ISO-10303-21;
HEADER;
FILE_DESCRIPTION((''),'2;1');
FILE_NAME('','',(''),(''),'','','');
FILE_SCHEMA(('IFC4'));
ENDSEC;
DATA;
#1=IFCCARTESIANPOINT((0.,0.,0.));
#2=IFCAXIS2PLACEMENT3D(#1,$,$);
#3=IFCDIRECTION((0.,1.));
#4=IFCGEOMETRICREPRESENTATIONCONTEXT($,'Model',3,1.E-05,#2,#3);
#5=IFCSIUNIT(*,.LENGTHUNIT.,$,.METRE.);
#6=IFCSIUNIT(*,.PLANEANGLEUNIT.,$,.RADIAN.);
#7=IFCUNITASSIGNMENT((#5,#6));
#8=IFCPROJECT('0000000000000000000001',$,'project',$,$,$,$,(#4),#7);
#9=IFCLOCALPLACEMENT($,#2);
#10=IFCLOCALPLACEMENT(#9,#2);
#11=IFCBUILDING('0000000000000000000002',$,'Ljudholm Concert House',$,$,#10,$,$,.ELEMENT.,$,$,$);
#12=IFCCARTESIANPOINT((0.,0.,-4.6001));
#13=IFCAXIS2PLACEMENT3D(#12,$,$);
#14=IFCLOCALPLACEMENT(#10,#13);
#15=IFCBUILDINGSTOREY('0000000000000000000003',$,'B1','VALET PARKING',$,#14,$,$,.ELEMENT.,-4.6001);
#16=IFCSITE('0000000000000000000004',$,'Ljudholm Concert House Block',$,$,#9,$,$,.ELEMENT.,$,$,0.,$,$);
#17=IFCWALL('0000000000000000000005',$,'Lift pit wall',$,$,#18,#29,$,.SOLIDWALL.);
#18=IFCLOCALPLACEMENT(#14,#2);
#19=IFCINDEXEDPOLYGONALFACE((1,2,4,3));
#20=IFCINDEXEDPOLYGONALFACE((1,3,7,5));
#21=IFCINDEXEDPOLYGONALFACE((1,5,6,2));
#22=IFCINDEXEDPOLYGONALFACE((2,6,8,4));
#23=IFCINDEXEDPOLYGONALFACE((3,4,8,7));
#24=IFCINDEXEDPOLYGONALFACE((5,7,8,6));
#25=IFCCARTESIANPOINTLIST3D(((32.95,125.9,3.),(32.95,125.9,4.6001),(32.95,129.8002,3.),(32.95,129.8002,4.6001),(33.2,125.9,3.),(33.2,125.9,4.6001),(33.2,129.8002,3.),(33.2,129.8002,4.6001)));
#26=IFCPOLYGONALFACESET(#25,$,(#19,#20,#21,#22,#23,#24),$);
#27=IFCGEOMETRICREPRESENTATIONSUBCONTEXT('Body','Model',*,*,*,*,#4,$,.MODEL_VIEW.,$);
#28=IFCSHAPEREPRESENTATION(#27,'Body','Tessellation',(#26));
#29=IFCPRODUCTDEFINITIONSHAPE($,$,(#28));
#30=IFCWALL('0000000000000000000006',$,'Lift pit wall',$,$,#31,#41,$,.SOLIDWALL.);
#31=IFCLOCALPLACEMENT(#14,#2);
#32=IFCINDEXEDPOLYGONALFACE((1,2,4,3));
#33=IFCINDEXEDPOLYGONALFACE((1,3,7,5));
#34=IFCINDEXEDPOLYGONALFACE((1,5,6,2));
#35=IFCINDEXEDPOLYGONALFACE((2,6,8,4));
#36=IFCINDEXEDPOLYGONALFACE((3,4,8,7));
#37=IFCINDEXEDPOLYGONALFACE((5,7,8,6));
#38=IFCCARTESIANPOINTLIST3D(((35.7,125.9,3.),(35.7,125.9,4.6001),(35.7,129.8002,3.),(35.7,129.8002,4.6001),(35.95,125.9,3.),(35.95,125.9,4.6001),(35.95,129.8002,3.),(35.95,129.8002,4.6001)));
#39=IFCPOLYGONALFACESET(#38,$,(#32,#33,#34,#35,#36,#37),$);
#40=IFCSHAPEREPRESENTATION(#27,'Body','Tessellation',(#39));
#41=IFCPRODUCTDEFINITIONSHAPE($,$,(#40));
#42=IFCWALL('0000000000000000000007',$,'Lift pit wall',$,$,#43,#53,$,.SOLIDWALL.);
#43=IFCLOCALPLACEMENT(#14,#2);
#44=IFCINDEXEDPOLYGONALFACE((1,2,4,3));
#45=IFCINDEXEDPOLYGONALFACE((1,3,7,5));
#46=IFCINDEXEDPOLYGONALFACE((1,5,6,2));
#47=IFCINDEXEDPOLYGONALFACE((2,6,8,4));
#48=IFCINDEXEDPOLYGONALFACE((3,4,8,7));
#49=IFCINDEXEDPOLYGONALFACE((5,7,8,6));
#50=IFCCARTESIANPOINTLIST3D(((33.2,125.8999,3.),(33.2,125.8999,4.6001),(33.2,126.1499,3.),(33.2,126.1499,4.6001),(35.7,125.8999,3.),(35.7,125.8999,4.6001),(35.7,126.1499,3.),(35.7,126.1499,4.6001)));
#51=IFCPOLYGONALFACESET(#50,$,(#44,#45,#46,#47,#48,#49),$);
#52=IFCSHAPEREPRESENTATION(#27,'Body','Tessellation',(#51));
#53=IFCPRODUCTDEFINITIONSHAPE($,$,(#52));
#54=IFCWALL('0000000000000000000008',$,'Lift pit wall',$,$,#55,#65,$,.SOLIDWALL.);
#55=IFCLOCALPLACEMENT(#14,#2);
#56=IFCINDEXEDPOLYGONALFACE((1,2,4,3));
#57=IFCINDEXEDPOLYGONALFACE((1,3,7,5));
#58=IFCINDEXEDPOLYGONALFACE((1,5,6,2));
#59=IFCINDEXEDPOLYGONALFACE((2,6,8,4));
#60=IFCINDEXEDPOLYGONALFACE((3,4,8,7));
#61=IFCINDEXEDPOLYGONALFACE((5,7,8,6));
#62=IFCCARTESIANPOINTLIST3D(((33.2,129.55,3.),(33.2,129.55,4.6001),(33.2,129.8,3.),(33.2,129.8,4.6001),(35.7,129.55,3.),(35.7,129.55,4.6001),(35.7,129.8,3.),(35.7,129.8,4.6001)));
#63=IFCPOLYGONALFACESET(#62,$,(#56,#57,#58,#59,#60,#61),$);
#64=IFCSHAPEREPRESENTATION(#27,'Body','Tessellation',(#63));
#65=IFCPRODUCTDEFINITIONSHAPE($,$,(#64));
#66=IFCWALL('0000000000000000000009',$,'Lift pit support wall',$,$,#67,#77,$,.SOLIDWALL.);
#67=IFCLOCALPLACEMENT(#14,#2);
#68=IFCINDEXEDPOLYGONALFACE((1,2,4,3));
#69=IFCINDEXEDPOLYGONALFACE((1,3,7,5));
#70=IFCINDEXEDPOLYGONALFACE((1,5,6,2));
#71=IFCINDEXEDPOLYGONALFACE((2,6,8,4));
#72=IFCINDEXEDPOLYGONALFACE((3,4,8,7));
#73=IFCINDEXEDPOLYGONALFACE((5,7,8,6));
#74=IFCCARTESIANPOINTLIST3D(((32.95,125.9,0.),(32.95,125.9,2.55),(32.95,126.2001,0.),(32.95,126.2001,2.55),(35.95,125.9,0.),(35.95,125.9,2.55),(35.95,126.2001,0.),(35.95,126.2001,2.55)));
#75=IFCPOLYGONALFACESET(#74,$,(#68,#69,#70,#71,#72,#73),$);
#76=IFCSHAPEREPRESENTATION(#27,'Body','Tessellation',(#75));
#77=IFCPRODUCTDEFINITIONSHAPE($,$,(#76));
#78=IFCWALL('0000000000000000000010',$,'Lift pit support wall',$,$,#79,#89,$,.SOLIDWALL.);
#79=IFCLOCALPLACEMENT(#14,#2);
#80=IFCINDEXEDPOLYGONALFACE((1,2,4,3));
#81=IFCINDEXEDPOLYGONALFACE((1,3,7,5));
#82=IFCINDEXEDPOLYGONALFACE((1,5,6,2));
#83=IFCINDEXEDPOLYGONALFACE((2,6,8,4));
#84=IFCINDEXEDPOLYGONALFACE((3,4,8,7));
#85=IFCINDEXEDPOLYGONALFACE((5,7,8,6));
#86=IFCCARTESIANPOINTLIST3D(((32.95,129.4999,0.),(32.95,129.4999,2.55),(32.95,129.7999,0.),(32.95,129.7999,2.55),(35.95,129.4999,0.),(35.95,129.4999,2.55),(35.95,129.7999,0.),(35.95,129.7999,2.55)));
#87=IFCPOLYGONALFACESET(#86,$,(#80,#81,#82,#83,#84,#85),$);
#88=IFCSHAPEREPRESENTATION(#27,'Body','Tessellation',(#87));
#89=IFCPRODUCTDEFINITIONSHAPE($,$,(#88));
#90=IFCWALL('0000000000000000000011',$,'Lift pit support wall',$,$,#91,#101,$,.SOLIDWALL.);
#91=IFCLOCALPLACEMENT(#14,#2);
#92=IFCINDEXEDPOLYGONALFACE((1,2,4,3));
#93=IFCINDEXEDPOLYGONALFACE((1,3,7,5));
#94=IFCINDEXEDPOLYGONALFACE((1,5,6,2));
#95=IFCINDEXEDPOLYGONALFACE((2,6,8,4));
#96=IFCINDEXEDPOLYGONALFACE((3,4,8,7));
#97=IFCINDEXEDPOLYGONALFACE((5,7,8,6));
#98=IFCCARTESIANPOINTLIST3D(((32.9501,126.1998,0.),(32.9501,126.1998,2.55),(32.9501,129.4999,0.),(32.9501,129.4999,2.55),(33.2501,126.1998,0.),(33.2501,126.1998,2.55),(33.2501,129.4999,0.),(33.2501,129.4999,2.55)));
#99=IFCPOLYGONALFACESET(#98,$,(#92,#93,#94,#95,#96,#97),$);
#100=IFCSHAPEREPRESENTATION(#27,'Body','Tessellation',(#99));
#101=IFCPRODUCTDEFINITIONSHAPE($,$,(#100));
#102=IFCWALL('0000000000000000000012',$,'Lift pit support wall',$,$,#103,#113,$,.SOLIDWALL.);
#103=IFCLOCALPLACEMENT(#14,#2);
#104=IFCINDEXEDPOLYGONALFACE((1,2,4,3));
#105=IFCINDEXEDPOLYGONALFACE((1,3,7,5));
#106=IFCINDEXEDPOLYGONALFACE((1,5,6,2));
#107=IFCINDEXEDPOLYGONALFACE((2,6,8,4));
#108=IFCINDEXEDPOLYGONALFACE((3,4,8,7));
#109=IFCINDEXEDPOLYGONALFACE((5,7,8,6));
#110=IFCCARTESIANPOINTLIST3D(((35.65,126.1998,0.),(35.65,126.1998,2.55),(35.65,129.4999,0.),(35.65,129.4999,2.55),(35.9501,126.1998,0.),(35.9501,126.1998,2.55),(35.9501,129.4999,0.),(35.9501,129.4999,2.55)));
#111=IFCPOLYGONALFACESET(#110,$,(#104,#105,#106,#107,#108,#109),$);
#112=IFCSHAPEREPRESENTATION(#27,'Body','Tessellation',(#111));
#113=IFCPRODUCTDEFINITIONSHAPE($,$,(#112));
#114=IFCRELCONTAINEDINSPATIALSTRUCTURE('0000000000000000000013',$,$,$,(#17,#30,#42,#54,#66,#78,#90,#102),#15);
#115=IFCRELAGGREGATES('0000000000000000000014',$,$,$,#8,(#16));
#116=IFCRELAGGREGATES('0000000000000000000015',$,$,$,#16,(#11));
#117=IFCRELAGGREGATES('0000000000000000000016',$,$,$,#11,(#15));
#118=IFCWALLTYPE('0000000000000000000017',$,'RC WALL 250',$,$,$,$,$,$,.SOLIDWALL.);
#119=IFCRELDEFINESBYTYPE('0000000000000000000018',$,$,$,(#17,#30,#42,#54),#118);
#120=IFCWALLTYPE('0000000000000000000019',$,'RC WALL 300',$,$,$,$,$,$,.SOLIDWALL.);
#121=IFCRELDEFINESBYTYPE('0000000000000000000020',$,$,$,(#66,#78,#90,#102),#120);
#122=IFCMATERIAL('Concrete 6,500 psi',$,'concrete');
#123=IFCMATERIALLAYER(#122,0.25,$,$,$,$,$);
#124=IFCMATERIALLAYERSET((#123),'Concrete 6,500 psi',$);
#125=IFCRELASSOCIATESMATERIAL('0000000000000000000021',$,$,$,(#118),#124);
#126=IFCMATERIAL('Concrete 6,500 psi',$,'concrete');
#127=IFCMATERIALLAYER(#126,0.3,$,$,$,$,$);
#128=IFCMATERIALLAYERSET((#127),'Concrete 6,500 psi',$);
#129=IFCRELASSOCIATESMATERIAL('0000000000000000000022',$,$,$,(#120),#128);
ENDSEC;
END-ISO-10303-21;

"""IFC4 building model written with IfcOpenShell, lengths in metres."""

from ifc_helpers import new_model, si_unit, direction, frame, frame_2d, origin, place, context, subcontext, project, spatial, rectangle, extrude, material, layer, layer_set, type_object, element, save


model = new_model("IFC4")

# Units and contexts
model_context = context("Model", 3, precision=1e-05, world=origin(), true_north=direction((0.0, 1.0)))
body_context = subcontext(model_context, "Body", "Model", "MODEL_VIEW")
ifc_project = project(units=[si_unit("LENGTHUNIT", "METRE"), si_unit("PLANEANGLEUNIT", "RADIAN")], contexts=[model_context])

# Site, building, storey
site_placement = place(None, origin())
site = spatial("IfcSite", under=ifc_project, at=site_placement, Name="Ljudholm Concert House Block", CompositionType="ELEMENT", RefElevation=0.0)
building_placement = place(site_placement, origin())
building = spatial("IfcBuilding", under=site, at=building_placement, Name="Ljudholm Concert House", CompositionType="ELEMENT")
storey_placement = place(building_placement, frame((0.0, 0.0, -4.6001)))
storey = spatial("IfcBuildingStorey", under=building, at=storey_placement, Name="B1", Description="VALET PARKING", CompositionType="ELEMENT", Elevation=-4.6001)

# Walls
ifc_material_1 = material(Name="Concrete 6,500 psi", Category="concrete")
ifc_layer_1 = layer(ifc_material_1, 0.25)
ifc_layer_set_1 = layer_set([ifc_layer_1], Name="Concrete 6,500 psi")
wall_type_1 = type_object("IfcWallType", Name="RC WALL 250", PredefinedType="SOLIDWALL", material=ifc_layer_set_1)
for number, where, z_axis, x_axis, name in (
    (1, (33.075, 125.8999, 3.0), (0.0, 0.0, 1.0), (0.0, 1.0, 0.0), "Lift pit wall"),
    (2, (35.825, 125.8999, 3.0), (0.0, 0.0, 1.0), (0.0, 1.0, 0.0), "Lift pit wall"),
):
    element("IfcWall", number, at=place(storey_placement, frame(where, z_axis=z_axis, x_axis=x_axis)), inside=storey, type_object=wall_type_1, Name=name, PredefinedType="SOLIDWALL", context=body_context, shape_type="SweptSolid", body=[
        extrude(rectangle(XDim=3.9001, YDim=0.25, at=frame_2d((1.9502, 0.0))), origin(), (0.0, 0.0, 1.0), 1.6001),
    ])
for number, where, z_axis, x_axis, name in (
    (3, (33.2, 126.0249, 3.0), (0.0, 0.0, 1.0), (1.0, 0.0, 0.0), "Lift pit wall"),
    (4, (33.2, 129.675, 3.0), (0.0, 0.0, 1.0), (1.0, 0.0, 0.0), "Lift pit wall"),
):
    element("IfcWall", number, at=place(storey_placement, frame(where, z_axis=z_axis, x_axis=x_axis)), inside=storey, type_object=wall_type_1, Name=name, PredefinedType="SOLIDWALL", context=body_context, shape_type="SweptSolid", body=[
        extrude(rectangle(XDim=2.5, YDim=0.25, at=frame_2d((1.25, 0.0))), origin(), (0.0, 0.0, 1.0), 1.6001),
    ])
ifc_material_2 = material(Name="Concrete 6,500 psi", Category="concrete")
ifc_layer_2 = layer(ifc_material_2, 0.3)
ifc_layer_set_2 = layer_set([ifc_layer_2], Name="Concrete 6,500 psi")
wall_type_2 = type_object("IfcWallType", Name="RC WALL 300", PredefinedType="SOLIDWALL", material=ifc_layer_set_2)
for number, where, z_axis, x_axis, name in (
    (5, (32.95, 126.05, 0.0), (0.0, 0.0, 1.0), (1.0, 0.0, 0.0), "Lift pit support wall"),
    (6, (32.95, 129.6499, 0.0), (0.0, 0.0, 1.0), (1.0, 0.0, 0.0), "Lift pit support wall"),
):
    element("IfcWall", number, at=place(storey_placement, frame(where, z_axis=z_axis, x_axis=x_axis)), inside=storey, type_object=wall_type_2, Name=name, PredefinedType="SOLIDWALL", context=body_context, shape_type="SweptSolid", body=[
        extrude(rectangle(XDim=3.0, YDim=0.3, at=frame_2d((1.5, 0.0))), origin(), (0.0, 0.0, 1.0), 2.55),
    ])
for number, where, z_axis, x_axis, name in (
    (7, (33.1001, 126.2, 0.0), (0.0, 0.0, 1.0), (0.0, 1.0, 0.0), "Lift pit support wall"),
    (8, (35.8, 126.2, 0.0), (0.0, 0.0, 1.0), (0.0, 1.0, 0.0), "Lift pit support wall"),
):
    element("IfcWall", number, at=place(storey_placement, frame(where, z_axis=z_axis, x_axis=x_axis)), inside=storey, type_object=wall_type_2, Name=name, PredefinedType="SOLIDWALL", context=body_context, shape_type="SweptSolid", body=[
        extrude(rectangle(XDim=3.3, YDim=0.3, at=frame_2d((1.6499, 0.0))), origin(), (0.0, 0.0, 1.0), 2.55),
    ])

save(model, "model.ifc")
